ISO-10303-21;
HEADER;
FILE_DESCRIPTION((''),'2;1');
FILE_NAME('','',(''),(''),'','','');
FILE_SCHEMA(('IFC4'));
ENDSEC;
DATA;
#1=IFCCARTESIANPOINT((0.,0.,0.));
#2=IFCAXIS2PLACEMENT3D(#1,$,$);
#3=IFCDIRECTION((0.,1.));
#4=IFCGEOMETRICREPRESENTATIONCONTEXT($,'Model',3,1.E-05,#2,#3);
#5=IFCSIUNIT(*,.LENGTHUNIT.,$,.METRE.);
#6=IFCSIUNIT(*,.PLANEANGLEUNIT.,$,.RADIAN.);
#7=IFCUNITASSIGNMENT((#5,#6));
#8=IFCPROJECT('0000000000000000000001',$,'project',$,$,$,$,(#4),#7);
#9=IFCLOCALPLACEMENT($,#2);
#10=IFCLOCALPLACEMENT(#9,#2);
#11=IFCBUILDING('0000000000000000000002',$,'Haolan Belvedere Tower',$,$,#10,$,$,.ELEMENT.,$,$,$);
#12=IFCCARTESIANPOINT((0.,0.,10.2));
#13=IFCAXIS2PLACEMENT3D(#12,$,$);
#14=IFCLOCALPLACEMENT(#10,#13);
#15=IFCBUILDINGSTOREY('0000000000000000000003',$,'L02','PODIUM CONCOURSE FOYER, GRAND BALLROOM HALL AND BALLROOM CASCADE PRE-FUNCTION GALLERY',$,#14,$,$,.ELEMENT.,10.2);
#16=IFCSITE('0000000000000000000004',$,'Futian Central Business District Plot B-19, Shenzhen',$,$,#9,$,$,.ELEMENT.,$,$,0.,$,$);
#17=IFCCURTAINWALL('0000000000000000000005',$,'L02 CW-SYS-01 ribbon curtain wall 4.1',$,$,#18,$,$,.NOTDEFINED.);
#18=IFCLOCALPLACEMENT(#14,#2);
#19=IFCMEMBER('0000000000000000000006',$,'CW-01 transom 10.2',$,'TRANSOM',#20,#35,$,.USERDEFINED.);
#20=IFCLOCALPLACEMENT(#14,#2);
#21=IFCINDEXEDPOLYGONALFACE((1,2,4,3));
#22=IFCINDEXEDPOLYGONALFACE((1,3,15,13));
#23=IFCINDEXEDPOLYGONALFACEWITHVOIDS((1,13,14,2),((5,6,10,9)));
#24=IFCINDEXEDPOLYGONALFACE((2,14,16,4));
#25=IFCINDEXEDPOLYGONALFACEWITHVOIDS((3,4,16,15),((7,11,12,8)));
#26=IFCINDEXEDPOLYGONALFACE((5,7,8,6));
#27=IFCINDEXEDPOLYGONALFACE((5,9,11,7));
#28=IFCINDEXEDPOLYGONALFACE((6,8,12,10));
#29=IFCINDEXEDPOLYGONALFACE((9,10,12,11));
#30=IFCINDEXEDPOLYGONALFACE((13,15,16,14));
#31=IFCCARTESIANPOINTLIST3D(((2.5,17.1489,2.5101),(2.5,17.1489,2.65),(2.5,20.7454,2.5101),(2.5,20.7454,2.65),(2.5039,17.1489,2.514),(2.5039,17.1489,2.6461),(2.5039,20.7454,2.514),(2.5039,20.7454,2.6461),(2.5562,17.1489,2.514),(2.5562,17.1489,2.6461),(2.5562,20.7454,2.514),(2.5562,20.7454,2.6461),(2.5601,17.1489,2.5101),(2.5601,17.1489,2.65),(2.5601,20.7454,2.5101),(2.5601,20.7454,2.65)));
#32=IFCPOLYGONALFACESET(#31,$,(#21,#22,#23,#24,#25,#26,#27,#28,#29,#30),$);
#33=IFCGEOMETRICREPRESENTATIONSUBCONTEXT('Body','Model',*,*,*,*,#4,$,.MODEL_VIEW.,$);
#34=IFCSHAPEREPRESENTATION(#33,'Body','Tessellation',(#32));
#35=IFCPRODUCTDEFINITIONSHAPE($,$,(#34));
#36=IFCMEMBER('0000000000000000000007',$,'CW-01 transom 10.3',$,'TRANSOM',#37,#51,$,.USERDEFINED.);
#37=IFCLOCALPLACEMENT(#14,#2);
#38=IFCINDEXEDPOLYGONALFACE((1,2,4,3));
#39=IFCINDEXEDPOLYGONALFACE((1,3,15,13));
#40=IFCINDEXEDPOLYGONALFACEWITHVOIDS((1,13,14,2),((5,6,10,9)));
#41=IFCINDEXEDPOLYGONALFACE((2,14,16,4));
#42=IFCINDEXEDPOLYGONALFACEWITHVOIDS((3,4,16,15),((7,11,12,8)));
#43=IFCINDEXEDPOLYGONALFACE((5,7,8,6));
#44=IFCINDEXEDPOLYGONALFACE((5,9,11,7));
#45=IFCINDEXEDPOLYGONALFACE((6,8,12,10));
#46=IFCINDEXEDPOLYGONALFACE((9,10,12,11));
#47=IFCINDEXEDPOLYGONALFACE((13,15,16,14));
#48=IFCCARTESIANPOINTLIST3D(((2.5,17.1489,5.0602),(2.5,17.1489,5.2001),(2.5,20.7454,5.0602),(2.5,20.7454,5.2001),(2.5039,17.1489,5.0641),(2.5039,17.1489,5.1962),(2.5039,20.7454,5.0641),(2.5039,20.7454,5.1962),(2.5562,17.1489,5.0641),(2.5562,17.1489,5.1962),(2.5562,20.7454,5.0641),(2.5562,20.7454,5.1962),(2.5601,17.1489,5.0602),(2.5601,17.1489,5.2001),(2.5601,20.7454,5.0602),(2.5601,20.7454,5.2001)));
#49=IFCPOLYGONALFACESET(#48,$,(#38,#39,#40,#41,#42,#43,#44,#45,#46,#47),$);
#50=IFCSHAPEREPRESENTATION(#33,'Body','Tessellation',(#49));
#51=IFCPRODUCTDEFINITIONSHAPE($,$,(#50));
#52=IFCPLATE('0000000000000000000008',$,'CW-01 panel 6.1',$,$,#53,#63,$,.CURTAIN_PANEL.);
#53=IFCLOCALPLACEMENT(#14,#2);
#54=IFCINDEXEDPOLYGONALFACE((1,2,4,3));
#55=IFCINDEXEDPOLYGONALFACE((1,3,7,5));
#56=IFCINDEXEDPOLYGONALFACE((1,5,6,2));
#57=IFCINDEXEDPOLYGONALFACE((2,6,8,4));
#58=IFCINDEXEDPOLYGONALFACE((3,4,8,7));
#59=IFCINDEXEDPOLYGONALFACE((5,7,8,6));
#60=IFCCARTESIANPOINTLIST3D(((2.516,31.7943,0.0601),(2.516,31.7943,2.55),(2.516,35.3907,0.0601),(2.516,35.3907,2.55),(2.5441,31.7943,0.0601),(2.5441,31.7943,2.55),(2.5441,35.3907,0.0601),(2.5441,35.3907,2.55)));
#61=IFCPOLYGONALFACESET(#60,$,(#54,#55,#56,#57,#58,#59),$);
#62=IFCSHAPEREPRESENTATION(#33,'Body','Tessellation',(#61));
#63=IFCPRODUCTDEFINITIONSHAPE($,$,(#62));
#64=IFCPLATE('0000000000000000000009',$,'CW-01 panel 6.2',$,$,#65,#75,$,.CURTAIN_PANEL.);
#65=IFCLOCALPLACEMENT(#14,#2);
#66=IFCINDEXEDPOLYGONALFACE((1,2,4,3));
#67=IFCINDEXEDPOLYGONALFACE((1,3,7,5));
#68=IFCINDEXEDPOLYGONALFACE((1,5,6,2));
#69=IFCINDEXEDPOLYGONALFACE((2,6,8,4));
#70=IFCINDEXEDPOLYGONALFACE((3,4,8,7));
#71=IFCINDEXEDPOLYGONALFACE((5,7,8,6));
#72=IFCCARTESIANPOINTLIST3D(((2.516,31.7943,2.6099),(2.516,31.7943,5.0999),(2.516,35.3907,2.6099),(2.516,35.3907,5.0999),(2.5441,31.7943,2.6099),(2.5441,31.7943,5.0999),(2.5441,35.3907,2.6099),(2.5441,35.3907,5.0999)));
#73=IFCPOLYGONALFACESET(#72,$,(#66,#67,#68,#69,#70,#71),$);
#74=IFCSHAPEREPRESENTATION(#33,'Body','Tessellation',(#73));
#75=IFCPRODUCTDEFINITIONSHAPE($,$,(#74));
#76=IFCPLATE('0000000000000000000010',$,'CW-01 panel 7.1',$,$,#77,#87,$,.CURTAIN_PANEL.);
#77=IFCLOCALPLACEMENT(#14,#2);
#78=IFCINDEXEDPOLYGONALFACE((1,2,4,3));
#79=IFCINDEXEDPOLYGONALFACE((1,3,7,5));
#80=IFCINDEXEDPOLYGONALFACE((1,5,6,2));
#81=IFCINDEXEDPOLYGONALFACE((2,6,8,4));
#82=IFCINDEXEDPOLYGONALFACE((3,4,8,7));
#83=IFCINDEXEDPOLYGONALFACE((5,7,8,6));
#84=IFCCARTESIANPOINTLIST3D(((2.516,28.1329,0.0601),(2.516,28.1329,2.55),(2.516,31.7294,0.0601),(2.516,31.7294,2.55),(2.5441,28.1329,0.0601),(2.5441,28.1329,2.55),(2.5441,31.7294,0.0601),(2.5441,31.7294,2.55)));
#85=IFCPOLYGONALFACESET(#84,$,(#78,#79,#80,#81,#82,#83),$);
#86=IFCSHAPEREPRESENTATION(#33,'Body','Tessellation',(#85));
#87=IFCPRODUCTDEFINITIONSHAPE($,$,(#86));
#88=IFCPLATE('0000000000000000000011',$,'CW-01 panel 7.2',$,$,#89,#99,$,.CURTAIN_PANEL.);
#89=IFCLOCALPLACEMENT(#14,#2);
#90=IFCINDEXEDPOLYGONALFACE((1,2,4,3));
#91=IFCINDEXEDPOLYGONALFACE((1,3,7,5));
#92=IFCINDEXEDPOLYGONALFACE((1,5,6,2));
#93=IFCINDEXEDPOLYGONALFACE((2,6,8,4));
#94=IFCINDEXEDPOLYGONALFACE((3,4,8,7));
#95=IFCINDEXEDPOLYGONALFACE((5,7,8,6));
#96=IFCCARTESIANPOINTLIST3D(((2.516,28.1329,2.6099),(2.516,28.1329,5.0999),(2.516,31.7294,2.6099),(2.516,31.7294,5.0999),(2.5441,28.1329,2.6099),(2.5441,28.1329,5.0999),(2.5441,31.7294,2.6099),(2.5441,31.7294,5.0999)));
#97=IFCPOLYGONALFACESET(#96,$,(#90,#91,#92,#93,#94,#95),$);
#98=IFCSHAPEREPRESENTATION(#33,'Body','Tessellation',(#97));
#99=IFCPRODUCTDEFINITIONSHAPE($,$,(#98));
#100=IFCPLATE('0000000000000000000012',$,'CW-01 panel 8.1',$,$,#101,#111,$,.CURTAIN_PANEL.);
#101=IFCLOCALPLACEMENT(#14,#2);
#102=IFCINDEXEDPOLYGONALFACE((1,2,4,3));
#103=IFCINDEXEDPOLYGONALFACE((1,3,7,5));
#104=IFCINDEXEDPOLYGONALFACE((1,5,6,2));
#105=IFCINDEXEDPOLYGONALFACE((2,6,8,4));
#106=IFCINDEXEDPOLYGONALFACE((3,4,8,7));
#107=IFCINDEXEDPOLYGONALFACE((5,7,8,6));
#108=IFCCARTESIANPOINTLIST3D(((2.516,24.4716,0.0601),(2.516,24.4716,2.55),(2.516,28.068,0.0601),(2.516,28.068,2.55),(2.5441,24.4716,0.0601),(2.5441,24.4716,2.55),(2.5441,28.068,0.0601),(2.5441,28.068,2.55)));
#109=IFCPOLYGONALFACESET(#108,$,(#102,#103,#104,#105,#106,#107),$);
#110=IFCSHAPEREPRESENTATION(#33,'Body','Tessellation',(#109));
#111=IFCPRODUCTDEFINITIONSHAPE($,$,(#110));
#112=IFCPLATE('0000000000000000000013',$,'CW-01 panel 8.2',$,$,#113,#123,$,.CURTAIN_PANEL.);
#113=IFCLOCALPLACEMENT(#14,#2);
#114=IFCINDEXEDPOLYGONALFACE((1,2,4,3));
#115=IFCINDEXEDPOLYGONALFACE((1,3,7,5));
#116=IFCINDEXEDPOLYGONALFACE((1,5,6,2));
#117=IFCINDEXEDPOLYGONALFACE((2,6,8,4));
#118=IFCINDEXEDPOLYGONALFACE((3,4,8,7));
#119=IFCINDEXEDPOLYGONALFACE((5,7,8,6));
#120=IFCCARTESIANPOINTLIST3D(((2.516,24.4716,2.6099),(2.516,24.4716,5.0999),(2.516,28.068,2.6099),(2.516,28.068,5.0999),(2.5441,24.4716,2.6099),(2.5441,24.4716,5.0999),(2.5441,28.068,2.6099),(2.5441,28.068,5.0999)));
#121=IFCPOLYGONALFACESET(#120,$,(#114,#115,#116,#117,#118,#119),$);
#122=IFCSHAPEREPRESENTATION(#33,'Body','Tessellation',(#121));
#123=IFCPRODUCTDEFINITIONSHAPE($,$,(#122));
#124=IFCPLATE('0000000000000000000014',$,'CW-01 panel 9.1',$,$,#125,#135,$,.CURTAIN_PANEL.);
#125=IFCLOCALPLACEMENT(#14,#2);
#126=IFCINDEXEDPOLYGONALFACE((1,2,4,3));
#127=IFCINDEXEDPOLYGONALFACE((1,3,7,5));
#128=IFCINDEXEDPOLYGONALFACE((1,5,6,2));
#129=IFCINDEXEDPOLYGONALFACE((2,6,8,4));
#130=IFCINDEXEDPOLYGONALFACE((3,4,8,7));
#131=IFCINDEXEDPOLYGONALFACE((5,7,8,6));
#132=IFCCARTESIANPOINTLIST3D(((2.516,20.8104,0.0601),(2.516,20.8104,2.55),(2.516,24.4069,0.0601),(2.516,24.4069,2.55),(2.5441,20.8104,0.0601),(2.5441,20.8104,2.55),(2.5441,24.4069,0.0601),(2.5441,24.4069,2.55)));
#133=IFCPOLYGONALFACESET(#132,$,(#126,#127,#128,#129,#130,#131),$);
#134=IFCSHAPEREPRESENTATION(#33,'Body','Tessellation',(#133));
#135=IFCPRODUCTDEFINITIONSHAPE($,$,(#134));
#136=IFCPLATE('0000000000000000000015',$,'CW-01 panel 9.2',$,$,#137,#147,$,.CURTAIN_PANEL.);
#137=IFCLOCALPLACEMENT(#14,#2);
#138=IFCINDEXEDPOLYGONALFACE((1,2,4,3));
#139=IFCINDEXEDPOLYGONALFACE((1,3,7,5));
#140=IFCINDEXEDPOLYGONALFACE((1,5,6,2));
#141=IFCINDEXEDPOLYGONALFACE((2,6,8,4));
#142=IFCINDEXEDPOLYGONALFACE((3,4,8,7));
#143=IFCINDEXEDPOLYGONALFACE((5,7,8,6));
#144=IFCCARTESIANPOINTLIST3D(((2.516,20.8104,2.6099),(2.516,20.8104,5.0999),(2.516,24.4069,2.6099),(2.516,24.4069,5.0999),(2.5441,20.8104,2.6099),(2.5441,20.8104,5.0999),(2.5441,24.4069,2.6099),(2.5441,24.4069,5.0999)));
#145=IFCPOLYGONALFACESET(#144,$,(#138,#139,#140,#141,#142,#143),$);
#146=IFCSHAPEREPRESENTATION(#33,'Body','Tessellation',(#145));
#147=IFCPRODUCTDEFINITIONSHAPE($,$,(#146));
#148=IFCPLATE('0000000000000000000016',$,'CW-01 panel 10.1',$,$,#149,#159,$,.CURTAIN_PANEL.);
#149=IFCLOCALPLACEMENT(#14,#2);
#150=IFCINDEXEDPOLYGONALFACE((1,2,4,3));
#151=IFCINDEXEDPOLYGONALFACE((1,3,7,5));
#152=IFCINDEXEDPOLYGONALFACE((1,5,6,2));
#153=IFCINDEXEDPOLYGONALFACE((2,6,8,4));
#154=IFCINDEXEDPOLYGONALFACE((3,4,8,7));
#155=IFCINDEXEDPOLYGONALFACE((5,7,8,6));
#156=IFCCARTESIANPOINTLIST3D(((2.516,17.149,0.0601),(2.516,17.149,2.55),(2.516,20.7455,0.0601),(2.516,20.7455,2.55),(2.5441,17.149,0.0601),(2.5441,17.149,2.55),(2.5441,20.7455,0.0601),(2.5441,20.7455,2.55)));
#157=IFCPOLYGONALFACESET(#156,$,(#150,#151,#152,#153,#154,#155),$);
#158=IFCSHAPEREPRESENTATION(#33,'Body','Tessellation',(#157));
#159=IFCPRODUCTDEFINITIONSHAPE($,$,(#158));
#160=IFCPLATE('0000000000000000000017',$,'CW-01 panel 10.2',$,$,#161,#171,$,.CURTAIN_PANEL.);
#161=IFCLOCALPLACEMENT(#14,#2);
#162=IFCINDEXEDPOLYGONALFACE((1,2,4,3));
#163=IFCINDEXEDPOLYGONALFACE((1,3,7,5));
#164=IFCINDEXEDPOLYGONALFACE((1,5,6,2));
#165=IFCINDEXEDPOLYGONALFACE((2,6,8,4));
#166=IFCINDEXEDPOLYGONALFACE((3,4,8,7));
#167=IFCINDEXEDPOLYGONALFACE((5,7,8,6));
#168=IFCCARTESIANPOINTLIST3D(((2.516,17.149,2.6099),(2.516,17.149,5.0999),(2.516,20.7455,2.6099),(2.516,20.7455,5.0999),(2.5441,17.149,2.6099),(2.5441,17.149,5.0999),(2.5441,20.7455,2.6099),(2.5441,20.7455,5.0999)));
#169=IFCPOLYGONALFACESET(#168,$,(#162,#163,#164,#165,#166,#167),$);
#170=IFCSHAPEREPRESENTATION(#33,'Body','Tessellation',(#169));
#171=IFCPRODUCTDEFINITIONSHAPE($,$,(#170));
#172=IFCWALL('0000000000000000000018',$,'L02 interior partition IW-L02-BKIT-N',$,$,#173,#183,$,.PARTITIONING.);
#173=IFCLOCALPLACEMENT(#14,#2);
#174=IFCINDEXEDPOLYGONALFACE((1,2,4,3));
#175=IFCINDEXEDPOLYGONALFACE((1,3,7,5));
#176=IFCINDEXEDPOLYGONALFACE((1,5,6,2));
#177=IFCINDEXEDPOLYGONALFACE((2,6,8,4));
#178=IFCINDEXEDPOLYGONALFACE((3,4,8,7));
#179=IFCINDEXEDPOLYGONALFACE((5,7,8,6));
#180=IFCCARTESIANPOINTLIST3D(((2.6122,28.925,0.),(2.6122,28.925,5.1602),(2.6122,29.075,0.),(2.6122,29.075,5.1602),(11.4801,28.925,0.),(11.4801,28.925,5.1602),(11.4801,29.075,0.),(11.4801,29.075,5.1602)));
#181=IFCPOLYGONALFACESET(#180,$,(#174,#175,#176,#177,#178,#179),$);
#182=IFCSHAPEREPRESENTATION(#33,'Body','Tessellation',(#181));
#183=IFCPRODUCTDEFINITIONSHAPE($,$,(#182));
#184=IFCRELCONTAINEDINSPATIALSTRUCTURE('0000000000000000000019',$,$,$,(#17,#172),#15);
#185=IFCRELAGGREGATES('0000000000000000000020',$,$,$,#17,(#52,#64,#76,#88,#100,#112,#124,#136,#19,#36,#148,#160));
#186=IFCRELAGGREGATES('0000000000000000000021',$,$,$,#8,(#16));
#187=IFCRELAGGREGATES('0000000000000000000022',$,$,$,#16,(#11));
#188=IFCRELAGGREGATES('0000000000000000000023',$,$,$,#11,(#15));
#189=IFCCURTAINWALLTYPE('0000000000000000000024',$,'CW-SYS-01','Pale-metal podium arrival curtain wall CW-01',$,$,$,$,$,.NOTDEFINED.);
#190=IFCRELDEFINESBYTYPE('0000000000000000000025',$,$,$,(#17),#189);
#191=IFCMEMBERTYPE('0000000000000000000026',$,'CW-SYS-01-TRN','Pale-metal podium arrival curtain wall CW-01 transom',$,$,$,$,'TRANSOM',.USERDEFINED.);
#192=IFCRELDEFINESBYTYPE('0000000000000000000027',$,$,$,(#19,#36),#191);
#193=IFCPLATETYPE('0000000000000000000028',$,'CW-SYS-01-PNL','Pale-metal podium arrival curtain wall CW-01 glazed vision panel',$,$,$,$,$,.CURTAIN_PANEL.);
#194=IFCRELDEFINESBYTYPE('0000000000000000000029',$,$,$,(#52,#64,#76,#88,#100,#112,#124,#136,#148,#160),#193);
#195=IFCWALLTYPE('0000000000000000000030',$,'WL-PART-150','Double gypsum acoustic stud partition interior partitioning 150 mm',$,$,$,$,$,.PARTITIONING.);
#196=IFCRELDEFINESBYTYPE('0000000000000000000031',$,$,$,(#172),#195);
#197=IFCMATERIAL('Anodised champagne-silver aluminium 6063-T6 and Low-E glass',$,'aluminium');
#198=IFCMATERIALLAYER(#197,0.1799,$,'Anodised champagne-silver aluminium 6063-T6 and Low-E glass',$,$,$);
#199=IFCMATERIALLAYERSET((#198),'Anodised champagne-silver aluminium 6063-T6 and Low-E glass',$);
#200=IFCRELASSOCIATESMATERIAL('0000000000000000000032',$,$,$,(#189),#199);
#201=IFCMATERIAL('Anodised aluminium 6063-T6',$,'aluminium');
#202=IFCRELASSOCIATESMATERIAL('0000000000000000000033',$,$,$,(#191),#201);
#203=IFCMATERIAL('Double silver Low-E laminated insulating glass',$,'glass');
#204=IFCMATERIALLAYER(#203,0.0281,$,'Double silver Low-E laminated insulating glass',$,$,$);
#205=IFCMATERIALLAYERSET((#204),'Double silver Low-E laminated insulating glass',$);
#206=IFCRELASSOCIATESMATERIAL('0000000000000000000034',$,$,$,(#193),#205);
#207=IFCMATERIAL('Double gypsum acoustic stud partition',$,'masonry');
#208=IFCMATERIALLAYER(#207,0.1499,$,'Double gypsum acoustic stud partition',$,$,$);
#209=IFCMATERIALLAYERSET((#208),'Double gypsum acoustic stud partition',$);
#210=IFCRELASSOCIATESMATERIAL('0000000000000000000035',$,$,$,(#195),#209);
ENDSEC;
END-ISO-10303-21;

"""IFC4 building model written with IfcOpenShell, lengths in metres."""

from ifc_helpers import new_model, si_unit, direction, frame, frame_2d, origin, origin_2d, place, context, subcontext, project, spatial, rectangle, hollow_rectangle, extrude, material, layer, layer_set, material_profile, profile_set, type_object, element, aggregate, save


model = new_model("IFC4")

# Units and contexts
model_context = context("Model", 3, precision=1e-05, world=origin(), true_north=direction((0.0, 1.0)))
body_context = subcontext(model_context, "Body", "Model", "MODEL_VIEW")
ifc_project = project(units=[si_unit("LENGTHUNIT", "METRE"), si_unit("PLANEANGLEUNIT", "RADIAN")], contexts=[model_context])

# Site, building, storey
site_placement = place(None, origin())
site = spatial("IfcSite", under=ifc_project, at=site_placement, Name="Futian Central Business District Plot B-19, Shenzhen", CompositionType="ELEMENT", RefElevation=0.0)
building_placement = place(site_placement, origin())
building = spatial("IfcBuilding", under=site, at=building_placement, Name="Haolan Belvedere Tower", CompositionType="ELEMENT")
storey_placement = place(building_placement, frame((0.0, 0.0, 10.2)))
storey = spatial("IfcBuildingStorey", under=building, at=storey_placement, Name="L02", Description="PODIUM CONCOURSE FOYER, GRAND BALLROOM HALL AND BALLROOM CASCADE PRE-FUNCTION GALLERY", CompositionType="ELEMENT", Elevation=10.2)

# Curtain wall, members, plates
ifc_material_1 = material(Name="Anodised champagne-silver aluminium 6063-T6 and Low-E glass", Category="aluminium")
ifc_layer_1 = layer(ifc_material_1, 0.1799, Name="Anodised champagne-silver aluminium 6063-T6 and Low-E glass")
ifc_layer_set_1 = layer_set([ifc_layer_1], Name="Anodised champagne-silver aluminium 6063-T6 and Low-E glass")
curtain_wall_type = type_object("IfcCurtainWallType", Name="CW-SYS-01", Description="Pale-metal podium arrival curtain wall CW-01", PredefinedType="NOTDEFINED", material=ifc_layer_set_1)
curtain_wall_placement = place(storey_placement, origin())
curtain_wall = element("IfcCurtainWall", 1, at=curtain_wall_placement, inside=storey, type_object=curtain_wall_type, Name="L02 CW-SYS-01 ribbon curtain wall 4.1", PredefinedType="NOTDEFINED")
ifc_material_2 = material(Name="Anodised aluminium 6063-T6", Category="aluminium")
ifc_material_profile_1 = material_profile(ifc_material_2, hollow_rectangle(XDim=0.0601, YDim=0.1399, WallThickness=0.0039, at=origin_2d()), Name="Anodised aluminium 6063-T6")
ifc_profile_set_1 = profile_set([ifc_material_profile_1], Name="Anodised aluminium 6063-T6")
member_type_1 = type_object("IfcMemberType", Name="CW-SYS-01-TRN", Description="Pale-metal podium arrival curtain wall CW-01 transom", ElementType="TRANSOM", PredefinedType="USERDEFINED", material=ifc_profile_set_1)
member_1_placement = place(storey_placement, frame((2.53, 20.7454, 2.5801), z_axis=(0.0, -1.0, 0.0), x_axis=(1.0, 0.0, 0.0)))
member_1 = element("IfcMember", 2, at=member_1_placement, type_object=member_type_1, Name="CW-01 transom 10.2", ObjectType="TRANSOM", PredefinedType="USERDEFINED", context=body_context, shape_type="SweptSolid", body=[
    extrude(hollow_rectangle(XDim=0.0601, YDim=0.1399, WallThickness=0.0039, at=origin_2d()), origin(), (0.0, 0.0, 1.0), 3.5964),
])
member_2_placement = place(storey_placement, frame((2.53, 20.7454, 5.1301), z_axis=(0.0, -1.0, 0.0), x_axis=(1.0, 0.0, 0.0)))
member_2 = element("IfcMember", 3, at=member_2_placement, type_object=member_type_1, Name="CW-01 transom 10.3", ObjectType="TRANSOM", PredefinedType="USERDEFINED", context=body_context, shape_type="SweptSolid", body=[
    extrude(hollow_rectangle(XDim=0.0601, YDim=0.1399, WallThickness=0.0039, at=origin_2d()), origin(), (0.0, 0.0, 1.0), 3.5964),
])
ifc_material_3 = material(Name="Double silver Low-E laminated insulating glass", Category="glass")
ifc_layer_2 = layer(ifc_material_3, 0.0281, Name="Double silver Low-E laminated insulating glass")
ifc_layer_set_2 = layer_set([ifc_layer_2], Name="Double silver Low-E laminated insulating glass")
plate_type = type_object("IfcPlateType", Name="CW-SYS-01-PNL", Description="Pale-metal podium arrival curtain wall CW-01 glazed vision panel", PredefinedType="CURTAIN_PANEL", material=ifc_layer_set_2)
plate_1_placement = place(storey_placement, frame((2.53, 33.5925, 0.0601), z_axis=(0.0, 0.0, 1.0), x_axis=(0.0, -1.0, 0.0)))
plate_1 = element("IfcPlate", 4, at=plate_1_placement, type_object=plate_type, Name="CW-01 panel 6.1", PredefinedType="CURTAIN_PANEL", context=body_context, shape_type="SweptSolid", body=[
    extrude(rectangle(XDim=3.5964, YDim=0.0281, at=origin_2d()), origin(), (0.0, 0.0, 1.0), 2.49),
])
plate_2_placement = place(storey_placement, frame((2.53, 33.5925, 2.6099), z_axis=(0.0, 0.0, 1.0), x_axis=(0.0, -1.0, 0.0)))
plate_2 = element("IfcPlate", 5, at=plate_2_placement, type_object=plate_type, Name="CW-01 panel 6.2", PredefinedType="CURTAIN_PANEL", context=body_context, shape_type="SweptSolid", body=[
    extrude(rectangle(XDim=3.5964, YDim=0.0281, at=origin_2d()), origin(), (0.0, 0.0, 1.0), 2.49),
])
plate_3_placement = place(storey_placement, frame((2.53, 29.9312, 0.0601), z_axis=(0.0, 0.0, 1.0), x_axis=(0.0, -1.0, 0.0)))
plate_3 = element("IfcPlate", 6, at=plate_3_placement, type_object=plate_type, Name="CW-01 panel 7.1", PredefinedType="CURTAIN_PANEL", context=body_context, shape_type="SweptSolid", body=[
    extrude(rectangle(XDim=3.5964, YDim=0.0281, at=origin_2d()), origin(), (0.0, 0.0, 1.0), 2.49),
])
plate_4_placement = place(storey_placement, frame((2.53, 29.9312, 2.6099), z_axis=(0.0, 0.0, 1.0), x_axis=(0.0, -1.0, 0.0)))
plate_4 = element("IfcPlate", 7, at=plate_4_placement, type_object=plate_type, Name="CW-01 panel 7.2", PredefinedType="CURTAIN_PANEL", context=body_context, shape_type="SweptSolid", body=[
    extrude(rectangle(XDim=3.5964, YDim=0.0281, at=origin_2d()), origin(), (0.0, 0.0, 1.0), 2.49),
])
plate_5_placement = place(storey_placement, frame((2.53, 26.2698, 0.0601), z_axis=(0.0, 0.0, 1.0), x_axis=(0.0, -1.0, 0.0)))
plate_5 = element("IfcPlate", 8, at=plate_5_placement, type_object=plate_type, Name="CW-01 panel 8.1", PredefinedType="CURTAIN_PANEL", context=body_context, shape_type="SweptSolid", body=[
    extrude(rectangle(XDim=3.5964, YDim=0.0281, at=origin_2d()), origin(), (0.0, 0.0, 1.0), 2.49),
])
plate_6_placement = place(storey_placement, frame((2.53, 26.2698, 2.6099), z_axis=(0.0, 0.0, 1.0), x_axis=(0.0, -1.0, 0.0)))
plate_6 = element("IfcPlate", 9, at=plate_6_placement, type_object=plate_type, Name="CW-01 panel 8.2", PredefinedType="CURTAIN_PANEL", context=body_context, shape_type="SweptSolid", body=[
    extrude(rectangle(XDim=3.5964, YDim=0.0281, at=origin_2d()), origin(), (0.0, 0.0, 1.0), 2.49),
])
plate_7_placement = place(storey_placement, frame((2.53, 22.6086, 0.0601), z_axis=(0.0, 0.0, 1.0), x_axis=(0.0, -1.0, 0.0)))
plate_7 = element("IfcPlate", 10, at=plate_7_placement, type_object=plate_type, Name="CW-01 panel 9.1", PredefinedType="CURTAIN_PANEL", context=body_context, shape_type="SweptSolid", body=[
    extrude(rectangle(XDim=3.5964, YDim=0.0281, at=origin_2d()), origin(), (0.0, 0.0, 1.0), 2.49),
])
plate_8_placement = place(storey_placement, frame((2.53, 22.6086, 2.6099), z_axis=(0.0, 0.0, 1.0), x_axis=(0.0, -1.0, 0.0)))
plate_8 = element("IfcPlate", 11, at=plate_8_placement, type_object=plate_type, Name="CW-01 panel 9.2", PredefinedType="CURTAIN_PANEL", context=body_context, shape_type="SweptSolid", body=[
    extrude(rectangle(XDim=3.5964, YDim=0.0281, at=origin_2d()), origin(), (0.0, 0.0, 1.0), 2.49),
])
plate_9_placement = place(storey_placement, frame((2.53, 18.9473, 0.0601), z_axis=(0.0, 0.0, 1.0), x_axis=(0.0, -1.0, 0.0)))
plate_9 = element("IfcPlate", 12, at=plate_9_placement, type_object=plate_type, Name="CW-01 panel 10.1", PredefinedType="CURTAIN_PANEL", context=body_context, shape_type="SweptSolid", body=[
    extrude(rectangle(XDim=3.5964, YDim=0.0281, at=origin_2d()), origin(), (0.0, 0.0, 1.0), 2.49),
])
plate_10_placement = place(storey_placement, frame((2.53, 18.9473, 2.6099), z_axis=(0.0, 0.0, 1.0), x_axis=(0.0, -1.0, 0.0)))
plate_10 = element("IfcPlate", 13, at=plate_10_placement, type_object=plate_type, Name="CW-01 panel 10.2", PredefinedType="CURTAIN_PANEL", context=body_context, shape_type="SweptSolid", body=[
    extrude(rectangle(XDim=3.5964, YDim=0.0281, at=origin_2d()), origin(), (0.0, 0.0, 1.0), 2.49),
])
aggregate(curtain_wall, [plate_1, plate_2, plate_3, plate_4, plate_5, plate_6, plate_7, plate_8, member_1, member_2, plate_9, plate_10])

# Wall
ifc_material_4 = material(Name="Double gypsum acoustic stud partition", Category="masonry")
ifc_layer_3 = layer(ifc_material_4, 0.1499, Name="Double gypsum acoustic stud partition")
ifc_layer_set_3 = layer_set([ifc_layer_3], Name="Double gypsum acoustic stud partition")
wall_type = type_object("IfcWallType", Name="WL-PART-150", Description="Double gypsum acoustic stud partition interior partitioning 150 mm", PredefinedType="PARTITIONING", material=ifc_layer_set_3)
wall_placement = place(storey_placement, frame((2.6121, 29.0, 0.0), z_axis=(0.0, 0.0, 1.0), x_axis=(1.0, 0.0, 0.0)))
element("IfcWall", 14, at=wall_placement, inside=storey, type_object=wall_type, Name="L02 interior partition IW-L02-BKIT-N", PredefinedType="PARTITIONING", context=body_context, shape_type="SweptSolid", body=[
    extrude(rectangle(XDim=8.8679, YDim=0.1499, at=frame_2d((4.4341, 0.0))), origin(), (0.0, 0.0, 1.0), 5.1602),
])

save(model, "model.ifc")
